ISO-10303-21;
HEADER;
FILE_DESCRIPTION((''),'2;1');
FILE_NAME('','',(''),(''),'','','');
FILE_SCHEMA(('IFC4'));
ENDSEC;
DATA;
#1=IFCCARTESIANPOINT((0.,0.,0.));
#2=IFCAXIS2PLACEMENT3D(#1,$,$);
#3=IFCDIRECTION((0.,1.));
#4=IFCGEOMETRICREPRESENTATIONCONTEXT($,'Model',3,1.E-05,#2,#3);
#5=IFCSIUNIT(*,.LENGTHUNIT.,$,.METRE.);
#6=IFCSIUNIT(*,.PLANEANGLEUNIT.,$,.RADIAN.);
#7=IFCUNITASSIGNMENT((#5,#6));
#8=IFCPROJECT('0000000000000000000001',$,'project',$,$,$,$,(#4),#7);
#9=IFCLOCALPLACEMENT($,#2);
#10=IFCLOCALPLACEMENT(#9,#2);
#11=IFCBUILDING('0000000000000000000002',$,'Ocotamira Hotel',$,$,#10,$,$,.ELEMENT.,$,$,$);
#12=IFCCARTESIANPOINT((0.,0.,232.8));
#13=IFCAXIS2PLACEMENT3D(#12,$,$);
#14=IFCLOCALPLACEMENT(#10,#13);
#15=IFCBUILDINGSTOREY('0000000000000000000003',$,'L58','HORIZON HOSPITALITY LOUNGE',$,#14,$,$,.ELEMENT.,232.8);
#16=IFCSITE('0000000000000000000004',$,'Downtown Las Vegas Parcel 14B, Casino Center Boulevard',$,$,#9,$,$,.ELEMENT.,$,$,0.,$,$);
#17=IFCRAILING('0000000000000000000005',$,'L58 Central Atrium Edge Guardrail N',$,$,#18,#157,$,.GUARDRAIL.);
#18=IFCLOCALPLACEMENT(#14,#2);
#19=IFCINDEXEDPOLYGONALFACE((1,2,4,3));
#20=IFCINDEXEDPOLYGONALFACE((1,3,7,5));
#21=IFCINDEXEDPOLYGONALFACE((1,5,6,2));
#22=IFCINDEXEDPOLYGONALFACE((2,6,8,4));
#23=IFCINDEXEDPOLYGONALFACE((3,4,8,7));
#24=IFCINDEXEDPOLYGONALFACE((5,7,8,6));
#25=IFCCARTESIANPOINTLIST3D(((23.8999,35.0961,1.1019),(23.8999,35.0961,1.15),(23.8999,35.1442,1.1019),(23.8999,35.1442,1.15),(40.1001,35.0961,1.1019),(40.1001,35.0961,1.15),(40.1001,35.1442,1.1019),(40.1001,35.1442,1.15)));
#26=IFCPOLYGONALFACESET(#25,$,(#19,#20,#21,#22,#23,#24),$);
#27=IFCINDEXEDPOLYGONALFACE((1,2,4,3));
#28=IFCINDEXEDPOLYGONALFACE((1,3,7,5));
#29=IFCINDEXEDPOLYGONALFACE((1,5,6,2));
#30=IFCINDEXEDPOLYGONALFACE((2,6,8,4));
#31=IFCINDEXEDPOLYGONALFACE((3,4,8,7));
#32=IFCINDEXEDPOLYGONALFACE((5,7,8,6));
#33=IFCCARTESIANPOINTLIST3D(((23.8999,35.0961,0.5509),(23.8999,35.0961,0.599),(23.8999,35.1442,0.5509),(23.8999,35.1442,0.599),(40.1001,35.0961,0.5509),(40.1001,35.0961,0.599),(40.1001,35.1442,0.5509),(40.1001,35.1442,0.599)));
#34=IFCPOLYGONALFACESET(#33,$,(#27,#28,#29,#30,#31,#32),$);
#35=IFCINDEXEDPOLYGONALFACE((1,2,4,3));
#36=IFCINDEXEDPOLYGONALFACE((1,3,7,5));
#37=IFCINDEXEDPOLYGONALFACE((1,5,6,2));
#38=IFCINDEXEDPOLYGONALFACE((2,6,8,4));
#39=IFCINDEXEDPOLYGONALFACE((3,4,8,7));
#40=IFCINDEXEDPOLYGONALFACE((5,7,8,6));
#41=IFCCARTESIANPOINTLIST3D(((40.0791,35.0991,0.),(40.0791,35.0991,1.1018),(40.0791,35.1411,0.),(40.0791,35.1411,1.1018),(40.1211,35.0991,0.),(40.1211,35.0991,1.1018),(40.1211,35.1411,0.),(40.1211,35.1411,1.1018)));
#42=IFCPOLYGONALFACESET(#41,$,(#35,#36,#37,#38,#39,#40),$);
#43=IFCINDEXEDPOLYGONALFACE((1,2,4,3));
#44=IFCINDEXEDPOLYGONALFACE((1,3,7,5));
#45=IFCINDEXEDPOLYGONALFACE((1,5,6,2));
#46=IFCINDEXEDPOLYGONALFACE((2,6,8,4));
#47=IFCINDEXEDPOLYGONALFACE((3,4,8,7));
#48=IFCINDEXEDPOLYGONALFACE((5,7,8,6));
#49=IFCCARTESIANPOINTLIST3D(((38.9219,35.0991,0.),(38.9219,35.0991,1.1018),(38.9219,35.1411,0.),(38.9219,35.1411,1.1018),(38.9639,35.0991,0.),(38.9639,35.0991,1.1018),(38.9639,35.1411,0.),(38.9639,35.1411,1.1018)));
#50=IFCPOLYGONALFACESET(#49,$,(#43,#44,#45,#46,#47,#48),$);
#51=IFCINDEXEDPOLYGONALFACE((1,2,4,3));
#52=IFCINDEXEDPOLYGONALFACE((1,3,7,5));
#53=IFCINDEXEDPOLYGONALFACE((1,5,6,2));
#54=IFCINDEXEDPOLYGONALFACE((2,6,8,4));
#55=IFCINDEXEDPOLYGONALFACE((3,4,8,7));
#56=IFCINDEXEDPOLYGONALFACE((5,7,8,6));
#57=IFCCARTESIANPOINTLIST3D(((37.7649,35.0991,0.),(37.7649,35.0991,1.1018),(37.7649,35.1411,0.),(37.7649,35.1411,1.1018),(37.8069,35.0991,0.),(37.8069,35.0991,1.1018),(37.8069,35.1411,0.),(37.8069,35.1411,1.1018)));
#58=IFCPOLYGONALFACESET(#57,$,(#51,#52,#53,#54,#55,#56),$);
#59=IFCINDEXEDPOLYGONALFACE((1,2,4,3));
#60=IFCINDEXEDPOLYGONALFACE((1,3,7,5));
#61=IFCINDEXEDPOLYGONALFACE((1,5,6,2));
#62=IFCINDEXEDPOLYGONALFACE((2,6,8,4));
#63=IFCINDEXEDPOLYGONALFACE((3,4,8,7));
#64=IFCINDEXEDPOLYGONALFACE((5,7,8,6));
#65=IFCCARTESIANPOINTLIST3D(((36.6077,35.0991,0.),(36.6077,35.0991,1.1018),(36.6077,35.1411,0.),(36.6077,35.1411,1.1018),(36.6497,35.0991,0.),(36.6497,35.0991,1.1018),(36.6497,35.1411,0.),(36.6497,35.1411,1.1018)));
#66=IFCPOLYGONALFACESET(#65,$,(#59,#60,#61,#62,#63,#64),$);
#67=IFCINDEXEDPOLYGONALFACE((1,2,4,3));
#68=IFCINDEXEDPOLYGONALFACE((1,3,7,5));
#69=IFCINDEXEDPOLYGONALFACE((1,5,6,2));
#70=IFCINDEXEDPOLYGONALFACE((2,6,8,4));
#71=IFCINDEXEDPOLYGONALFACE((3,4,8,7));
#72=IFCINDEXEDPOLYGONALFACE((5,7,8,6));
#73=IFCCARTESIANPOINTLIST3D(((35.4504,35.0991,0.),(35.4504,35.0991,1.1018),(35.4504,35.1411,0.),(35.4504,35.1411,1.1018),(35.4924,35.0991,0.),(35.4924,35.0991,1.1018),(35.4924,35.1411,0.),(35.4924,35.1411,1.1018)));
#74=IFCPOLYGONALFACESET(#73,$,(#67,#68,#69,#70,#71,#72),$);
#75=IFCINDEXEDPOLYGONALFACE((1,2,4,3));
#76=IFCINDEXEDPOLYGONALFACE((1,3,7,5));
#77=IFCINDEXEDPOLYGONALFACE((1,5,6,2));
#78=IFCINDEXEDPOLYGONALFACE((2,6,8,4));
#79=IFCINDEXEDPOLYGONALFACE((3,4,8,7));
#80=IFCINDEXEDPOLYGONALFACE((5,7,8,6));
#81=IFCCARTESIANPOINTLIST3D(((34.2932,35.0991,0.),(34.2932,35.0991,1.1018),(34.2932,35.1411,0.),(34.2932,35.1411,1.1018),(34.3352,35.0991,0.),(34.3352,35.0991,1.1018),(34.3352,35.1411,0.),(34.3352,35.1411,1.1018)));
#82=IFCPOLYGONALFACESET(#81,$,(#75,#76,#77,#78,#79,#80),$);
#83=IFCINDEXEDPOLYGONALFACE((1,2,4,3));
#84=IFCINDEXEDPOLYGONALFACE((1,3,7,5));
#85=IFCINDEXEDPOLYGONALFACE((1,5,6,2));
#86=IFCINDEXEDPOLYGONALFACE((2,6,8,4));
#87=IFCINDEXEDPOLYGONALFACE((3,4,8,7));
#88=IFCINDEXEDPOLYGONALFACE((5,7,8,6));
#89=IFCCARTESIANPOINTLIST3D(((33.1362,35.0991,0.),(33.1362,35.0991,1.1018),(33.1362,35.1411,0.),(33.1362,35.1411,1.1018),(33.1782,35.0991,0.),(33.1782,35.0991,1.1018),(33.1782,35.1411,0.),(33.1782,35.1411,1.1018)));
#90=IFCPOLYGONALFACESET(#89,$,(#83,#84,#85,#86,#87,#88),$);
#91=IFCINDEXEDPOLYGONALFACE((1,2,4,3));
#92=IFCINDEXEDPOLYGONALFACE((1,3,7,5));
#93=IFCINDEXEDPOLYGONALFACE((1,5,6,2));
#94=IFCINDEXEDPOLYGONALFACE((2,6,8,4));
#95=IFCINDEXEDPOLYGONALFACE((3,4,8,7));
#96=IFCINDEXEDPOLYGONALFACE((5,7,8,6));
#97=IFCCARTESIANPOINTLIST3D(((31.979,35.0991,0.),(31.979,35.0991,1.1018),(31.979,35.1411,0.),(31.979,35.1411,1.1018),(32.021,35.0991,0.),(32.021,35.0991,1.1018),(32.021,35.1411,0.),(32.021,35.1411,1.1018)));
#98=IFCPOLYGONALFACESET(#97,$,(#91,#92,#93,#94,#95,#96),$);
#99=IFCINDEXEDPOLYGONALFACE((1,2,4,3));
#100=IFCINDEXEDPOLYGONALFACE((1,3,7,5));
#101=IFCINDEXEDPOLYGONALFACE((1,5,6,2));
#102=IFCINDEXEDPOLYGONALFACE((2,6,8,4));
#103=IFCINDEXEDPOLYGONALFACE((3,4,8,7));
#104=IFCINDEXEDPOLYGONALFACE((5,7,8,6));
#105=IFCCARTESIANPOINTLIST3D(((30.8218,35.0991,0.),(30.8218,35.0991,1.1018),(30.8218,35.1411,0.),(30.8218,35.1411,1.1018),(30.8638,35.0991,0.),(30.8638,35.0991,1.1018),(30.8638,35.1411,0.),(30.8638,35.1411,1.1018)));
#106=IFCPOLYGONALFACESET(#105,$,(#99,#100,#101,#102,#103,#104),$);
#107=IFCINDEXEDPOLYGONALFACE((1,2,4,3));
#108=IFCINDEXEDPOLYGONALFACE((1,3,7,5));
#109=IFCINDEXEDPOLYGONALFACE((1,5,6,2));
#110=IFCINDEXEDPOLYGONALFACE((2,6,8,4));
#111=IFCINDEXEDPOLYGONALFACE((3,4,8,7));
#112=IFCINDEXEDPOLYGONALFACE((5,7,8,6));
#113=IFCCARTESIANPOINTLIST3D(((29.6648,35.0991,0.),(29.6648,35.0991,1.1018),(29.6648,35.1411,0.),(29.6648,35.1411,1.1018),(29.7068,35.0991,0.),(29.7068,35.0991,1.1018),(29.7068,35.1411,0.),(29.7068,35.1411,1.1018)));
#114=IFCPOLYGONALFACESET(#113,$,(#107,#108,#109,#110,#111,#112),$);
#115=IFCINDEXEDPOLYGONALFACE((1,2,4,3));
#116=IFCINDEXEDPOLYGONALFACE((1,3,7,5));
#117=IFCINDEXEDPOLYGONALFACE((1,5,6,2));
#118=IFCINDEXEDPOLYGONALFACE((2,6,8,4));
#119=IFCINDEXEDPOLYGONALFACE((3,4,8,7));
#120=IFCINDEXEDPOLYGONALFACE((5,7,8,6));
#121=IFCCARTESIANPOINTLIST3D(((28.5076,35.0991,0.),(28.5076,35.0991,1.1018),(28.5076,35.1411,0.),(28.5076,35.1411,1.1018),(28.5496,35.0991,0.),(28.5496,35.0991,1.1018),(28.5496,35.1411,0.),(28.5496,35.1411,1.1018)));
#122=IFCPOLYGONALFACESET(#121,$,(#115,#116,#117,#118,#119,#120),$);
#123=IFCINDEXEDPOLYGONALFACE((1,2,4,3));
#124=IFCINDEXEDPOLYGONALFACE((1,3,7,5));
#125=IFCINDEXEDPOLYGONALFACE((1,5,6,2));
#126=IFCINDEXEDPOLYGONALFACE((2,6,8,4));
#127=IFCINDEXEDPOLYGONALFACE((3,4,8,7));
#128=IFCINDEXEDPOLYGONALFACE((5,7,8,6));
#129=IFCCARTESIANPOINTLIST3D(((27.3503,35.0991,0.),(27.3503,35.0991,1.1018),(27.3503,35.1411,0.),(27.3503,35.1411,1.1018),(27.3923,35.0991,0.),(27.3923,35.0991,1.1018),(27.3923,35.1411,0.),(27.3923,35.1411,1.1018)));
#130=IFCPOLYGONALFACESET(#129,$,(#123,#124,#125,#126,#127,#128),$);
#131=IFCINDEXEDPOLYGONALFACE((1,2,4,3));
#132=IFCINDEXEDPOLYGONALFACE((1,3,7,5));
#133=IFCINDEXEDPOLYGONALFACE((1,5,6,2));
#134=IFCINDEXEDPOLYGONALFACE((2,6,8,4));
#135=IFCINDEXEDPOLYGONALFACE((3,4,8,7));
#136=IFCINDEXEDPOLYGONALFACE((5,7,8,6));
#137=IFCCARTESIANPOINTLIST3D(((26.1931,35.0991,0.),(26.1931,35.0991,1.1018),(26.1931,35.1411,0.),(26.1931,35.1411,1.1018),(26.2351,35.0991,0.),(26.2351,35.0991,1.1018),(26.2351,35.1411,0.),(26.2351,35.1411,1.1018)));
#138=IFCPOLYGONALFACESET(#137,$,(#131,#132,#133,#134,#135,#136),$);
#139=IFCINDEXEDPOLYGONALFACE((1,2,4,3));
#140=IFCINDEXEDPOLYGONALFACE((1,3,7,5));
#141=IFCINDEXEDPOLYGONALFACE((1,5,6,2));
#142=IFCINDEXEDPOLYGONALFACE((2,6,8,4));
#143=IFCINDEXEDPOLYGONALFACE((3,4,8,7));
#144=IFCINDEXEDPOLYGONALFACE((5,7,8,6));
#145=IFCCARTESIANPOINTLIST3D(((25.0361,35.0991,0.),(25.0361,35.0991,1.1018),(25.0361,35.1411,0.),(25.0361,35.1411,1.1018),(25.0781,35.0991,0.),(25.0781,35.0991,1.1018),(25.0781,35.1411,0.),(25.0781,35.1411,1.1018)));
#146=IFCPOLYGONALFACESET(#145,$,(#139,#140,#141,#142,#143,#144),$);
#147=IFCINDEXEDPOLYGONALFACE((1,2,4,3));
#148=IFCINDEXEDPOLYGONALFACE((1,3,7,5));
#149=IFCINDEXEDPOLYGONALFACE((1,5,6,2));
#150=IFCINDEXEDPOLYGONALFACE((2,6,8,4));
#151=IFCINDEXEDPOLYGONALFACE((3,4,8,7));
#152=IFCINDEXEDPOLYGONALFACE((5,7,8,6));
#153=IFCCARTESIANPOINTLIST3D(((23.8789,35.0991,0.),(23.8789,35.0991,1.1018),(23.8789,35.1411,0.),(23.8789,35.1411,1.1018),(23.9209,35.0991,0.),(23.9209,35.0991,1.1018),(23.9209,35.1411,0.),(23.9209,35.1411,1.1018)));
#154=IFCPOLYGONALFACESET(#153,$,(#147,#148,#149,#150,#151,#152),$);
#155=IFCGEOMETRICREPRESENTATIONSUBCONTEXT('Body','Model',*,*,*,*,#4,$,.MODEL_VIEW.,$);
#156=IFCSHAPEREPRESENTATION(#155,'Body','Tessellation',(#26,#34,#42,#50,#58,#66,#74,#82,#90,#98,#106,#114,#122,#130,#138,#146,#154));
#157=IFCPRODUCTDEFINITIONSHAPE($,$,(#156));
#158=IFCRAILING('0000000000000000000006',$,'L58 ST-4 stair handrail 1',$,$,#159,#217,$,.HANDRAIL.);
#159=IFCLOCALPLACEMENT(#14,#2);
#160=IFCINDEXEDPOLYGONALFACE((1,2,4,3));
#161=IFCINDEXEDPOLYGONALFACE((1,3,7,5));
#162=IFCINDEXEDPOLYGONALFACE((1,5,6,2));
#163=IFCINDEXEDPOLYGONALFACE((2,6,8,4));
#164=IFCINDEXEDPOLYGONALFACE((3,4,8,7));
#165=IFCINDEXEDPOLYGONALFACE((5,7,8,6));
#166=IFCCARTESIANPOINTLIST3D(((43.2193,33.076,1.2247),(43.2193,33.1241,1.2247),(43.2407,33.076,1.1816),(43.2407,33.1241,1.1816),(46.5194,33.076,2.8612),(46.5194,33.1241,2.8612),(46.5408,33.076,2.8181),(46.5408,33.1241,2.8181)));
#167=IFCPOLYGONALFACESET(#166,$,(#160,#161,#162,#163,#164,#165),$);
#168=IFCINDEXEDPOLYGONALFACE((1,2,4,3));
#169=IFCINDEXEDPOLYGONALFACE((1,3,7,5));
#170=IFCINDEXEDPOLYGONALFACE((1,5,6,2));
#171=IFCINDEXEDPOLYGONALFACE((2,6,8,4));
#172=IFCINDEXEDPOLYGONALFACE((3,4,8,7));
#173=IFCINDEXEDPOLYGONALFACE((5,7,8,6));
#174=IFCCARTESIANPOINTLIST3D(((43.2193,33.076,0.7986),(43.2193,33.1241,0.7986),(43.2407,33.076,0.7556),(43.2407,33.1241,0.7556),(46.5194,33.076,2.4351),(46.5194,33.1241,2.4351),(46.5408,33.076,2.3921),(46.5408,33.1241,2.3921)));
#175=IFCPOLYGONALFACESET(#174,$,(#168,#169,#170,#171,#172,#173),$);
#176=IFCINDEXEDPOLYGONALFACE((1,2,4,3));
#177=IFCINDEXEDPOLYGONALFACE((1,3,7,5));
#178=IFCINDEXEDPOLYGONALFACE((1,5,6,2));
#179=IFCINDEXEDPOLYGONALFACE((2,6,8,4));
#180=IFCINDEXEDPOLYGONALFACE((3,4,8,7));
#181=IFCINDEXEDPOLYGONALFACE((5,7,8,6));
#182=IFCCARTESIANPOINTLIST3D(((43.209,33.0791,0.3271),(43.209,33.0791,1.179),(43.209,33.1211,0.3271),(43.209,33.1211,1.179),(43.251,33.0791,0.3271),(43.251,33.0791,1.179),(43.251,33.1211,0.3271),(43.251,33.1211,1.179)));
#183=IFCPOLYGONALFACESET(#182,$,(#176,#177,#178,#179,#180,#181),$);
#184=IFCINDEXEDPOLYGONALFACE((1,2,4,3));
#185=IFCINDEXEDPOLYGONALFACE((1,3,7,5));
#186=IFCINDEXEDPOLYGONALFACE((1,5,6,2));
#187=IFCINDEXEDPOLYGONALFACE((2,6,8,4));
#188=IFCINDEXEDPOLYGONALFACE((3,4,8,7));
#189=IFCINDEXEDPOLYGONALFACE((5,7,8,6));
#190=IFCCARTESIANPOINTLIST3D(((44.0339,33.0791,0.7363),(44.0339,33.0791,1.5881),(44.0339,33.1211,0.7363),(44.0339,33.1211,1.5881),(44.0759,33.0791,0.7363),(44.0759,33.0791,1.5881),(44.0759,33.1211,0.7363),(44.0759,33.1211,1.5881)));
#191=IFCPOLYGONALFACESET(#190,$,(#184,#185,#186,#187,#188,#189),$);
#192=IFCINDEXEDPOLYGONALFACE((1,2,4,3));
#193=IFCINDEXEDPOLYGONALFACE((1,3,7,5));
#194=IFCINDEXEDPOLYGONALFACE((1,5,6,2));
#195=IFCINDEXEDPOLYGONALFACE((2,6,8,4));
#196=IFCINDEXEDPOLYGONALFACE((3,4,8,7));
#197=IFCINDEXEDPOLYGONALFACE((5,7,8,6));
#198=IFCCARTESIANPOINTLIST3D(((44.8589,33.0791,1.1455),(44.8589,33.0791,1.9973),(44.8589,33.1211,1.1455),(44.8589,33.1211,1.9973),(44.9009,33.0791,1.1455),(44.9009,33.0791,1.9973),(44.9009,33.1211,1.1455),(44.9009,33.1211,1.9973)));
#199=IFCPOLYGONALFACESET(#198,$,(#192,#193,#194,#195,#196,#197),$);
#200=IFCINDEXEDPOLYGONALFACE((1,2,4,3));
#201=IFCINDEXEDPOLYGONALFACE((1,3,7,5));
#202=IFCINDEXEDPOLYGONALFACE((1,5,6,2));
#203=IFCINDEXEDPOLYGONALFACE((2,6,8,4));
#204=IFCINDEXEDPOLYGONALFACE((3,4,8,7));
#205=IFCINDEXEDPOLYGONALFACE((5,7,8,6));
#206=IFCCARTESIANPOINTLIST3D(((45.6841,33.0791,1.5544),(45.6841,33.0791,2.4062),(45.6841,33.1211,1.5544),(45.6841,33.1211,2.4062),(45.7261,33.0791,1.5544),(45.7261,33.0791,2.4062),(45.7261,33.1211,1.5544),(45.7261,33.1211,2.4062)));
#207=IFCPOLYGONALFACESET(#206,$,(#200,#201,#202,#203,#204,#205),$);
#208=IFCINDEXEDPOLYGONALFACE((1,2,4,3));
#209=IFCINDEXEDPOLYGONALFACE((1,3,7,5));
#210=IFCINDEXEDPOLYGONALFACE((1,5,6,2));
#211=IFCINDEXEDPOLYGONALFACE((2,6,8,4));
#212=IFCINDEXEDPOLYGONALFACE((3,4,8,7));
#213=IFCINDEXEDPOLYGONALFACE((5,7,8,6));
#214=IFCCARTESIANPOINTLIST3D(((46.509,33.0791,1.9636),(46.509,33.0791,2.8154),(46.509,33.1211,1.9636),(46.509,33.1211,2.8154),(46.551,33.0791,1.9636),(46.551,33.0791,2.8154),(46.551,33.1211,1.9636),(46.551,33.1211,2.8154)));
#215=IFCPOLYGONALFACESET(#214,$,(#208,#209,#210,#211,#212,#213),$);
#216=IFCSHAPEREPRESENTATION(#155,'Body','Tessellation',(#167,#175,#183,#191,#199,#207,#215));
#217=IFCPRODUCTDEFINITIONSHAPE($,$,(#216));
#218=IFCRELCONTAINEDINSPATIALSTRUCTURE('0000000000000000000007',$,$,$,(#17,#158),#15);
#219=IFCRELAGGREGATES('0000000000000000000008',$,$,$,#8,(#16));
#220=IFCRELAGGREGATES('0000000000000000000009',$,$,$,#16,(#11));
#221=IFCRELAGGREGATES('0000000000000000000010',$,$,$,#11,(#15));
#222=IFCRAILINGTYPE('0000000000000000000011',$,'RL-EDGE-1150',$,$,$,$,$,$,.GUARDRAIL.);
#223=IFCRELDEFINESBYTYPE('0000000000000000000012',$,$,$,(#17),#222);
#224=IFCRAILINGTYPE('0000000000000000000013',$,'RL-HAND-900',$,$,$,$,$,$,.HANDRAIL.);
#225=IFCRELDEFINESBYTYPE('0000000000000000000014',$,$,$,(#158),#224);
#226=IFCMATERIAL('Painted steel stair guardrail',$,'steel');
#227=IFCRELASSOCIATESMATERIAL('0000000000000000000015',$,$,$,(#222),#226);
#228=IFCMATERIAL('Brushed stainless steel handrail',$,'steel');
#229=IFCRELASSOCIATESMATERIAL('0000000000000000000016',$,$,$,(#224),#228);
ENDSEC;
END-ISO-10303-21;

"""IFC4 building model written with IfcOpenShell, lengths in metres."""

from ifc_helpers import new_model, si_unit, direction, frame, origin, origin_2d, place, context, subcontext, project, spatial, rectangle, extrude, material, type_object, element, save


model = new_model("IFC4")

# Units and contexts
model_context = context("Model", 3, precision=1e-05, world=origin(), true_north=direction((0.0, 1.0)))
body_context = subcontext(model_context, "Body", "Model", "MODEL_VIEW")
ifc_project = project(units=[si_unit("LENGTHUNIT", "METRE"), si_unit("PLANEANGLEUNIT", "RADIAN")], contexts=[model_context])

# Site, building, storey
site_placement = place(None, origin())
site = spatial("IfcSite", under=ifc_project, at=site_placement, Name="Downtown Las Vegas Parcel 14B, Casino Center Boulevard", CompositionType="ELEMENT", RefElevation=0.0)
building_placement = place(site_placement, origin())
building = spatial("IfcBuilding", under=site, at=building_placement, Name="Ocotamira Hotel", CompositionType="ELEMENT")
storey_placement = place(building_placement, frame((0.0, 0.0, 232.8)))
storey = spatial("IfcBuildingStorey", under=building, at=storey_placement, Name="L58", Description="HORIZON HOSPITALITY LOUNGE", CompositionType="ELEMENT", Elevation=232.8)

# Railings
ifc_material_1 = material(Name="Painted steel stair guardrail", Category="steel")
railing_type_1 = type_object("IfcRailingType", Name="RL-EDGE-1150", PredefinedType="GUARDRAIL", material=ifc_material_1)
railing_1_placement = place(storey_placement, frame((40.1001, 35.1201, 0.0)))
element("IfcRailing", 1, at=railing_1_placement, inside=storey, type_object=railing_type_1, Name="L58 Central Atrium Edge Guardrail N", PredefinedType="GUARDRAIL", context=body_context, shape_type="SweptSolid", body=[
    extrude(rectangle(XDim=0.0481, YDim=0.0481, at=origin_2d()), frame((0.0, 0.0, 1.126), z_axis=(-1.0, 0.0, 0.0), x_axis=(0.0, -1.0, 0.0)), (0.0, 0.0, 1.0), 16.2002),
    extrude(rectangle(XDim=0.0481, YDim=0.0481, at=origin_2d()), frame((0.0, 0.0, 0.575), z_axis=(-1.0, 0.0, 0.0), x_axis=(0.0, -1.0, 0.0)), (0.0, 0.0, 1.0), 16.2002),
    extrude(rectangle(XDim=0.042, YDim=0.042, at=origin_2d()), origin(), (0.0, 0.0, 1.0), 1.1018),
    extrude(rectangle(XDim=0.042, YDim=0.042, at=origin_2d()), frame((-1.1572, 0.0, 0.0)), (0.0, 0.0, 1.0), 1.1018),
    extrude(rectangle(XDim=0.042, YDim=0.042, at=origin_2d()), frame((-2.3142, 0.0, 0.0)), (0.0, 0.0, 1.0), 1.1018),
    extrude(rectangle(XDim=0.042, YDim=0.042, at=origin_2d()), frame((-3.4714, 0.0, 0.0)), (0.0, 0.0, 1.0), 1.1018),
    extrude(rectangle(XDim=0.042, YDim=0.042, at=origin_2d()), frame((-4.6287, 0.0, 0.0)), (0.0, 0.0, 1.0), 1.1018),
    extrude(rectangle(XDim=0.042, YDim=0.042, at=origin_2d()), frame((-5.7859, 0.0, 0.0)), (0.0, 0.0, 1.0), 1.1018),
    extrude(rectangle(XDim=0.042, YDim=0.042, at=origin_2d()), frame((-6.9429, 0.0, 0.0)), (0.0, 0.0, 1.0), 1.1018),
    extrude(rectangle(XDim=0.042, YDim=0.042, at=origin_2d()), frame((-8.1001, 0.0, 0.0)), (0.0, 0.0, 1.0), 1.1018),
    extrude(rectangle(XDim=0.042, YDim=0.042, at=origin_2d()), frame((-9.2573, 0.0, 0.0)), (0.0, 0.0, 1.0), 1.1018),
    extrude(rectangle(XDim=0.042, YDim=0.042, at=origin_2d()), frame((-10.4143, 0.0, 0.0)), (0.0, 0.0, 1.0), 1.1018),
    extrude(rectangle(XDim=0.042, YDim=0.042, at=origin_2d()), frame((-11.5715, 0.0, 0.0)), (0.0, 0.0, 1.0), 1.1018),
    extrude(rectangle(XDim=0.042, YDim=0.042, at=origin_2d()), frame((-12.7288, 0.0, 0.0)), (0.0, 0.0, 1.0), 1.1018),
    extrude(rectangle(XDim=0.042, YDim=0.042, at=origin_2d()), frame((-13.886, 0.0, 0.0)), (0.0, 0.0, 1.0), 1.1018),
    extrude(rectangle(XDim=0.042, YDim=0.042, at=origin_2d()), frame((-15.043, 0.0, 0.0)), (0.0, 0.0, 1.0), 1.1018),
    extrude(rectangle(XDim=0.042, YDim=0.042, at=origin_2d()), frame((-16.2002, 0.0, 0.0)), (0.0, 0.0, 1.0), 1.1018),
])
ifc_material_2 = material(Name="Brushed stainless steel handrail", Category="steel")
railing_type_2 = type_object("IfcRailingType", Name="RL-HAND-900", PredefinedType="HANDRAIL", material=ifc_material_2)
railing_2_placement = place(storey_placement, frame((43.23, 33.1001, 0.3271)))
element("IfcRailing", 2, at=railing_2_placement, inside=storey, type_object=railing_type_2, Name="L58 ST-4 stair handrail 1", PredefinedType="HANDRAIL", context=body_context, shape_type="SweptSolid", body=[
    extrude(rectangle(XDim=0.0481, YDim=0.0481, at=origin_2d()), frame((0.0, 0.0, 0.876), z_axis=(0.895894, 0.0, 0.444268), x_axis=(0.0, 1.0, 0.0)), (0.0, 0.0, 1.0), 3.6836),
    extrude(rectangle(XDim=0.0481, YDim=0.0481, at=origin_2d()), frame((0.0, 0.0, 0.45), z_axis=(0.895894, 0.0, 0.444268), x_axis=(0.0, 1.0, 0.0)), (0.0, 0.0, 1.0), 3.6836),
    extrude(rectangle(XDim=0.042, YDim=0.042, at=origin_2d()), origin(), (0.0, 0.0, 1.0), 0.8518),
    extrude(rectangle(XDim=0.042, YDim=0.042, at=origin_2d()), frame((0.825, 0.0, 0.4092)), (0.0, 0.0, 1.0), 0.8518),
    extrude(rectangle(XDim=0.042, YDim=0.042, at=origin_2d()), frame((1.6499, 0.0, 0.8184)), (0.0, 0.0, 1.0), 0.8518),
    extrude(rectangle(XDim=0.042, YDim=0.042, at=origin_2d()), frame((2.4751, 0.0, 1.2273)), (0.0, 0.0, 1.0), 0.8518),
    extrude(rectangle(XDim=0.042, YDim=0.042, at=origin_2d()), frame((3.3, 0.0, 1.6365)), (0.0, 0.0, 1.0), 0.8518),
])

save(model, "model.ifc")
